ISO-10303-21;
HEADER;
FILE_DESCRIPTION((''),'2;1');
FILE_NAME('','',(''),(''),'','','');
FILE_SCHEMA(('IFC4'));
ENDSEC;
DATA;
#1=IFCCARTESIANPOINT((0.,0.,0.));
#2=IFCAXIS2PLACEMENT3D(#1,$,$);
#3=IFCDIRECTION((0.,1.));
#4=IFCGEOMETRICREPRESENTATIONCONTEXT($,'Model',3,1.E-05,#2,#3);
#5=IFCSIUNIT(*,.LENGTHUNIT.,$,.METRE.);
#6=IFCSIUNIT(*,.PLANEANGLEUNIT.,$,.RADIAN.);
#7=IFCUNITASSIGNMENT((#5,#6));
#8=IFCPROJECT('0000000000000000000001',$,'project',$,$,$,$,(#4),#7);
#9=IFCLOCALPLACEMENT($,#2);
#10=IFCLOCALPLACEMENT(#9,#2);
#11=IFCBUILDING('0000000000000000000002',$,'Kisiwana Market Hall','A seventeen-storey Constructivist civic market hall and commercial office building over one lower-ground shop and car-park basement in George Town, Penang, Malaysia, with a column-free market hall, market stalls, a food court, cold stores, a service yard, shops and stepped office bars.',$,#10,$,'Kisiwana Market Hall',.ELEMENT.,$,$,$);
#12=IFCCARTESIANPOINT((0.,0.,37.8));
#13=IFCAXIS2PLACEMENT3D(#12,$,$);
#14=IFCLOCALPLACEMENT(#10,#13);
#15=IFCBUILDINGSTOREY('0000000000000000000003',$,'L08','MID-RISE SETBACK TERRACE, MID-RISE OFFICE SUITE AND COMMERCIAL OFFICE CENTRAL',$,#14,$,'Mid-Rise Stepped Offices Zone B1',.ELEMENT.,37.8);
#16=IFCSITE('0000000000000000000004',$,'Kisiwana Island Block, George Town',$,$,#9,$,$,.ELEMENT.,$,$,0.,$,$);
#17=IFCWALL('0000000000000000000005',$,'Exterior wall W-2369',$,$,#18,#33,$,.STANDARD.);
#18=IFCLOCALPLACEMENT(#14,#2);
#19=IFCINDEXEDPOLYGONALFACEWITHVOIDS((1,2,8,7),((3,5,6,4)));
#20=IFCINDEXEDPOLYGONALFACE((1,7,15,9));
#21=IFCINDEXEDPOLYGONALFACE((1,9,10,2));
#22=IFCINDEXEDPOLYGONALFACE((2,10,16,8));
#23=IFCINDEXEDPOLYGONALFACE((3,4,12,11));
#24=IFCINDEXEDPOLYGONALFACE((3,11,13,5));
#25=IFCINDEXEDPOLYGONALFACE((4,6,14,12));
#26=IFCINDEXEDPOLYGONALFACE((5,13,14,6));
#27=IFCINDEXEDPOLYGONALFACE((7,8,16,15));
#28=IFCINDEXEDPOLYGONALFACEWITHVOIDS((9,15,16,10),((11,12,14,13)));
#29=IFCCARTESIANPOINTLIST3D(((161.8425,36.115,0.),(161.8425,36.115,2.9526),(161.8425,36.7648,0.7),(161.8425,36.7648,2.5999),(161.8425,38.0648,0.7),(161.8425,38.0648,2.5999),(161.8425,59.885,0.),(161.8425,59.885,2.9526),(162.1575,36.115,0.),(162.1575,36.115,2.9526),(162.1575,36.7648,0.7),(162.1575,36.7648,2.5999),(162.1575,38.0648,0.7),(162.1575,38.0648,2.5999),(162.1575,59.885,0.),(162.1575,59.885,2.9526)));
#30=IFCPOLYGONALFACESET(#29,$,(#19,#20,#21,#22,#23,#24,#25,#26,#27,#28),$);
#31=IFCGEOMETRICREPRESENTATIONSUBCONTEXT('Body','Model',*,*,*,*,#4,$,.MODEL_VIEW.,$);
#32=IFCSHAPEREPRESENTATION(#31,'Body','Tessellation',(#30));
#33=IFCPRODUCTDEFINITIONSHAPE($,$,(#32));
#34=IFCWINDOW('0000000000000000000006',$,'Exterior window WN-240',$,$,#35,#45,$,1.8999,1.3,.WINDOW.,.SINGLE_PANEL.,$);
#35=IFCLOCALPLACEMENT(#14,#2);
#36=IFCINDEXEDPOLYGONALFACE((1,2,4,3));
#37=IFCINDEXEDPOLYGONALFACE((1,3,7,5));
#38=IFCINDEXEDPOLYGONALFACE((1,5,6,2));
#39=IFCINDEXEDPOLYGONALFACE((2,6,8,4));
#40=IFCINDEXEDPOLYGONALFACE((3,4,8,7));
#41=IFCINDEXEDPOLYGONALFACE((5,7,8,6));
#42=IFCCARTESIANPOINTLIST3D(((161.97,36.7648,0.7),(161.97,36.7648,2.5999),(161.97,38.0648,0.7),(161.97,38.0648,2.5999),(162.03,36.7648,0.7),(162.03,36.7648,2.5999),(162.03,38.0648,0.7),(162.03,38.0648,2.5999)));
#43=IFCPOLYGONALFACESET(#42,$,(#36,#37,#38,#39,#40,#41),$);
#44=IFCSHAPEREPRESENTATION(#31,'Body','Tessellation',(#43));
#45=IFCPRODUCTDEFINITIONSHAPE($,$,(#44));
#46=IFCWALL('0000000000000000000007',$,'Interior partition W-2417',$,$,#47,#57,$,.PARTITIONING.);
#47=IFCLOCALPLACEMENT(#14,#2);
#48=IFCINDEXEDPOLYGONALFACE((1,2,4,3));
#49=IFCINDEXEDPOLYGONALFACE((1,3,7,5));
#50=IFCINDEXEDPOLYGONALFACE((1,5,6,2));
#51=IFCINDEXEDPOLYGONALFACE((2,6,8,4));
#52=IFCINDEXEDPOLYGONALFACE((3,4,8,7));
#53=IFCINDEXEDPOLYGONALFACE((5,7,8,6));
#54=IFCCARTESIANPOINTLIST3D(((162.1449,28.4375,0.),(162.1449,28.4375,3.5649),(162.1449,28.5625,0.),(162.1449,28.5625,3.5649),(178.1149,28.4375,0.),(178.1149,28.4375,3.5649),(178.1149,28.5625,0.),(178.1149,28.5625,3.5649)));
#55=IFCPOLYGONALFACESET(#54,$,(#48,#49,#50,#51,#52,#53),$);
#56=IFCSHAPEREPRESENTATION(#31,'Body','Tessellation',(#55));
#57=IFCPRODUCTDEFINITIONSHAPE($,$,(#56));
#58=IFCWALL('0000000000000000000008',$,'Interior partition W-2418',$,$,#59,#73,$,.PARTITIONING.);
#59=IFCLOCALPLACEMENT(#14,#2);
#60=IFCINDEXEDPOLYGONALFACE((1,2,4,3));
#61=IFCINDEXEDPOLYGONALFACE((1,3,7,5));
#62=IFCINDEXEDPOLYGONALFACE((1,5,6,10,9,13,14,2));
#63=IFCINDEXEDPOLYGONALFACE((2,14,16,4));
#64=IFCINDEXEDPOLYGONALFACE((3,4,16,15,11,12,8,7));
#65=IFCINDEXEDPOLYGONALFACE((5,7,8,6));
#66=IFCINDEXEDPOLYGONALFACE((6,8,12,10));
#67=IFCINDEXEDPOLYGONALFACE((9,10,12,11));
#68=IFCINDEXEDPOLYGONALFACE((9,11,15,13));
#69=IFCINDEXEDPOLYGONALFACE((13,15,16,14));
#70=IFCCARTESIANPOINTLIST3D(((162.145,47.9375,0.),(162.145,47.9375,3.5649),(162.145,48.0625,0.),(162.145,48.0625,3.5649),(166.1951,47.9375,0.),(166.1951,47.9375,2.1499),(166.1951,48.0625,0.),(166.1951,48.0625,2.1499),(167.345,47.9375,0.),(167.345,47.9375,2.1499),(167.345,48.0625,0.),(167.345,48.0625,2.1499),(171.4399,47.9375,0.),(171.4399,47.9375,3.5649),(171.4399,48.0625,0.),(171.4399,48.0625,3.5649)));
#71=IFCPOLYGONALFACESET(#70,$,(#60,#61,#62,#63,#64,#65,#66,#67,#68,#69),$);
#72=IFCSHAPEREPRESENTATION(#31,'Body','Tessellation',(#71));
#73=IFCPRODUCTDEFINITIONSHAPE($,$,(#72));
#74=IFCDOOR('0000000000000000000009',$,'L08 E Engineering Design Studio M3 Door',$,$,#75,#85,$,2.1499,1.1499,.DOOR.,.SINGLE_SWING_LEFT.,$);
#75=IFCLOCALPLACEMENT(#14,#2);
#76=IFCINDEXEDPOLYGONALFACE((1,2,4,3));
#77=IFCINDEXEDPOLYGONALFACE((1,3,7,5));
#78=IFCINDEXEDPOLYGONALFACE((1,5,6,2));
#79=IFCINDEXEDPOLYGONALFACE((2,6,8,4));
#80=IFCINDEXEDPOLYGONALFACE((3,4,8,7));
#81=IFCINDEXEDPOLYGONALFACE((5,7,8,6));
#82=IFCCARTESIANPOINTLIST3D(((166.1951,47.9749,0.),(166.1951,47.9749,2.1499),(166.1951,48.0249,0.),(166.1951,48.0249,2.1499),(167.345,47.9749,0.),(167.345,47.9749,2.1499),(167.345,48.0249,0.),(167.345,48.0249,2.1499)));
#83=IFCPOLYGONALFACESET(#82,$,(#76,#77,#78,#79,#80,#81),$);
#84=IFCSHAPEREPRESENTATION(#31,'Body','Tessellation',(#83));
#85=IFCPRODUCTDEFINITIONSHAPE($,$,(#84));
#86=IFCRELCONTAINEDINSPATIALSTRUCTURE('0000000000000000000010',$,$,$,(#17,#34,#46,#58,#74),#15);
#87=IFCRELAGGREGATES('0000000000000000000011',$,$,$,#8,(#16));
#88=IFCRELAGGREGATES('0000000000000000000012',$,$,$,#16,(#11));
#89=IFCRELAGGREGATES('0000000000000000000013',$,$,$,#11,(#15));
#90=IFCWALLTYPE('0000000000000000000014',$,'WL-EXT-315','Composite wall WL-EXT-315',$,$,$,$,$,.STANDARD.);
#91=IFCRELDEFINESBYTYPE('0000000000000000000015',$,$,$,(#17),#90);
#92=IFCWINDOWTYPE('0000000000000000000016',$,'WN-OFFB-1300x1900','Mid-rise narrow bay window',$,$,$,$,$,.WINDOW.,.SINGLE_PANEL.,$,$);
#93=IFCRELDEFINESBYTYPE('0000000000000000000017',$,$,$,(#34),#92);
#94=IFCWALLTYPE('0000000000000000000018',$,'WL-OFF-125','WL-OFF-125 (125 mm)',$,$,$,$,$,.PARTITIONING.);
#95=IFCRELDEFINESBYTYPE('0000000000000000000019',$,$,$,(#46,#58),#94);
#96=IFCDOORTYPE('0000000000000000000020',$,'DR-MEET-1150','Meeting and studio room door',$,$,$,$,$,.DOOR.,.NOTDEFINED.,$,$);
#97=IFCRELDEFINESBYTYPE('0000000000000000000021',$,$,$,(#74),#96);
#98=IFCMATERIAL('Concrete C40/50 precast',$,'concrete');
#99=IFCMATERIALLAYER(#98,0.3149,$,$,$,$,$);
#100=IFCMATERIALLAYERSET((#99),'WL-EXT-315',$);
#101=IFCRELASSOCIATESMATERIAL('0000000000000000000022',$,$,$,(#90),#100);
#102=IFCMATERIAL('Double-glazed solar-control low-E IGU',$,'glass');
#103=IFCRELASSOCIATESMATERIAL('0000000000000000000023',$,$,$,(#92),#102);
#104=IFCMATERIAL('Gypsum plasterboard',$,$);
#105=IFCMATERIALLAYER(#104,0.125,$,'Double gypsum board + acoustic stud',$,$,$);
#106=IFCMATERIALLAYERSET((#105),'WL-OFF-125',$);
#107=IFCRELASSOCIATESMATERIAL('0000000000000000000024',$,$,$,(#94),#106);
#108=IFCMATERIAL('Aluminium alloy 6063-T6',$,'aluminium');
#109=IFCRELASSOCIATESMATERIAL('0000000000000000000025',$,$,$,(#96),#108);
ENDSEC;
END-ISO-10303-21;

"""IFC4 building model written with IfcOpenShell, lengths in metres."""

from ifc_helpers import new_model, si_unit, direction, frame, frame_2d, origin, place, context, subcontext, project, spatial, rectangle, extrude, material, layer, layer_set, type_object, element, fill, save


model = new_model("IFC4")

# Units and contexts
model_context = context("Model", 3, precision=1e-05, world=origin(), true_north=direction((0.0, 1.0)))
body_context = subcontext(model_context, "Body", "Model", "MODEL_VIEW")
ifc_project = project(units=[si_unit("LENGTHUNIT", "METRE"), si_unit("PLANEANGLEUNIT", "RADIAN")], contexts=[model_context])

# Site, building, storey
site_placement = place(None, origin())
site = spatial("IfcSite", under=ifc_project, at=site_placement, Name="Kisiwana Island Block, George Town", CompositionType="ELEMENT", RefElevation=0.0)
building_placement = place(site_placement, origin())
building = spatial("IfcBuilding", under=site, at=building_placement, Name="Kisiwana Market Hall", Description="A seventeen-storey Constructivist civic market hall and commercial office building over one lower-ground shop and car-park basement in George Town, Penang, Malaysia, with a column-free market hall, market stalls, a food court, cold stores, a service yard, shops and stepped office bars.", LongName="Kisiwana Market Hall", CompositionType="ELEMENT")
storey_placement = place(building_placement, frame((0.0, 0.0, 37.8)))
storey = spatial("IfcBuildingStorey", under=building, at=storey_placement, Name="L08", Description="MID-RISE SETBACK TERRACE, MID-RISE OFFICE SUITE AND COMMERCIAL OFFICE CENTRAL", LongName="Mid-Rise Stepped Offices Zone B1", CompositionType="ELEMENT", Elevation=37.8)

# Shared definitions
ifc_material_1 = material(Name="Concrete C40/50 precast", Category="concrete")
ifc_layer_1 = layer(ifc_material_1, 0.3149)
ifc_layer_set_1 = layer_set([ifc_layer_1], Name="WL-EXT-315")
wall_type_1 = type_object("IfcWallType", Name="WL-EXT-315", Description="Composite wall WL-EXT-315", PredefinedType="STANDARD", material=ifc_layer_set_1)

# Shared definitions
ifc_material_2 = material(Name="Double-glazed solar-control low-E IGU", Category="glass")
window_type = type_object("IfcWindowType", Name="WN-OFFB-1300x1900", Description="Mid-rise narrow bay window", PartitioningType="SINGLE_PANEL", PredefinedType="WINDOW", material=ifc_material_2)

# Wall, opening, window
wall_1_placement = place(storey_placement, frame((162.0, 36.115, 0.0), z_axis=(0.0, 0.0, 1.0), x_axis=(0.0, 1.0, 0.0)))
wall_1 = element("IfcWall", 1, at=wall_1_placement, inside=storey, type_object=wall_type_1, Name="Exterior wall W-2369", PredefinedType="STANDARD", context=body_context, shape_type="SweptSolid", body=[
    extrude(rectangle(XDim=23.77, YDim=0.3149, at=frame_2d((11.885, 0.0))), origin(), (0.0, 0.0, 1.0), 2.9526),
])
opening_1_placement = place(wall_1_placement, frame((0.6499, 0.0, 0.7)))
opening_1 = element("IfcOpeningElement", 2, at=opening_1_placement, cuts=wall_1, PredefinedType="OPENING", context=body_context, shape_type="SweptSolid", body=[
    extrude(rectangle(XDim=1.3, YDim=1.8999, at=frame_2d((0.6499, 0.95))), frame((0.0, 0.1694, 0.0), z_axis=(0.0, -1.0, 0.0), x_axis=(1.0, 0.0, 0.0)), (0.0, 0.0, 1.0), 0.3389),
])
window_1_placement = place(opening_1_placement, origin())
window_1 = element("IfcWindow", 3, at=window_1_placement, inside=storey, type_object=window_type, Name="Exterior window WN-240", OverallHeight=1.8999, OverallWidth=1.3, PartitioningType="SINGLE_PANEL", PredefinedType="WINDOW", context=body_context, shape_type="SweptSolid", body=[
    extrude(rectangle(XDim=1.3, YDim=1.8999, at=frame_2d((0.6499, 0.95))), frame((0.0, 0.03, 0.0), z_axis=(0.0, -1.0, 0.0), x_axis=(1.0, 0.0, 0.0)), (0.0, 0.0, 1.0), 0.0601),
])
fill(opening_1, window_1)

# Wall
ifc_material_3 = material(Name="Gypsum plasterboard")
ifc_layer_2 = layer(ifc_material_3, 0.125, Name="Double gypsum board + acoustic stud")
ifc_layer_set_2 = layer_set([ifc_layer_2], Name="WL-OFF-125")
wall_type_2 = type_object("IfcWallType", Name="WL-OFF-125", Description="WL-OFF-125 (125 mm)", PredefinedType="PARTITIONING", material=ifc_layer_set_2)
wall_2_placement = place(storey_placement, frame((162.145, 28.5, 0.0), z_axis=(0.0, 0.0, 1.0), x_axis=(1.0, 0.0, 0.0)))
element("IfcWall", 4, at=wall_2_placement, inside=storey, type_object=wall_type_2, Name="Interior partition W-2417", PredefinedType="PARTITIONING", context=body_context, shape_type="SweptSolid", body=[
    extrude(rectangle(XDim=15.97, YDim=0.125, at=frame_2d((7.9849, 0.0))), origin(), (0.0, 0.0, 1.0), 3.5649),
])

# Wall, opening, door
wall_3_placement = place(storey_placement, frame((162.145, 48.0, 0.0), z_axis=(0.0, 0.0, 1.0), x_axis=(1.0, 0.0, 0.0)))
wall_3 = element("IfcWall", 5, at=wall_3_placement, inside=storey, type_object=wall_type_2, Name="Interior partition W-2418", PredefinedType="PARTITIONING", context=body_context, shape_type="SweptSolid", body=[
    extrude(rectangle(XDim=9.2949, YDim=0.125, at=frame_2d((4.6475, 0.0))), origin(), (0.0, 0.0, 1.0), 3.5649),
])
opening_2_placement = place(wall_3_placement, frame((4.05, 0.0, 0.0)))
opening_2 = element("IfcOpeningElement", 6, at=opening_2_placement, cuts=wall_3, PredefinedType="OPENING", context=body_context, shape_type="SweptSolid", body=[
    extrude(rectangle(XDim=1.1499, YDim=2.1499, at=frame_2d((0.575, 1.075))), frame((0.0, 0.0745, 0.0), z_axis=(0.0, -1.0, 0.0), x_axis=(1.0, 0.0, 0.0)), (0.0, 0.0, 1.0), 0.1489),
])
ifc_material_4 = material(Name="Aluminium alloy 6063-T6", Category="aluminium")
door_type_1 = type_object("IfcDoorType", Name="DR-MEET-1150", Description="Meeting and studio room door", OperationType="NOTDEFINED", PredefinedType="DOOR", material=ifc_material_4)
door_1_placement = place(opening_2_placement, origin())
door_1 = element("IfcDoor", 7, at=door_1_placement, inside=storey, type_object=door_type_1, Name="L08 E Engineering Design Studio M3 Door", OperationType="SINGLE_SWING_LEFT", OverallHeight=2.1499, OverallWidth=1.1499, PredefinedType="DOOR", context=body_context, shape_type="SweptSolid", body=[
    extrude(rectangle(XDim=1.1499, YDim=2.1499, at=frame_2d((0.575, 1.075))), frame((0.0, 0.0249, 0.0), z_axis=(0.0, -1.0, 0.0), x_axis=(1.0, 0.0, 0.0)), (0.0, 0.0, 1.0), 0.05),
])
fill(opening_2, door_1)

save(model, "model.ifc")
